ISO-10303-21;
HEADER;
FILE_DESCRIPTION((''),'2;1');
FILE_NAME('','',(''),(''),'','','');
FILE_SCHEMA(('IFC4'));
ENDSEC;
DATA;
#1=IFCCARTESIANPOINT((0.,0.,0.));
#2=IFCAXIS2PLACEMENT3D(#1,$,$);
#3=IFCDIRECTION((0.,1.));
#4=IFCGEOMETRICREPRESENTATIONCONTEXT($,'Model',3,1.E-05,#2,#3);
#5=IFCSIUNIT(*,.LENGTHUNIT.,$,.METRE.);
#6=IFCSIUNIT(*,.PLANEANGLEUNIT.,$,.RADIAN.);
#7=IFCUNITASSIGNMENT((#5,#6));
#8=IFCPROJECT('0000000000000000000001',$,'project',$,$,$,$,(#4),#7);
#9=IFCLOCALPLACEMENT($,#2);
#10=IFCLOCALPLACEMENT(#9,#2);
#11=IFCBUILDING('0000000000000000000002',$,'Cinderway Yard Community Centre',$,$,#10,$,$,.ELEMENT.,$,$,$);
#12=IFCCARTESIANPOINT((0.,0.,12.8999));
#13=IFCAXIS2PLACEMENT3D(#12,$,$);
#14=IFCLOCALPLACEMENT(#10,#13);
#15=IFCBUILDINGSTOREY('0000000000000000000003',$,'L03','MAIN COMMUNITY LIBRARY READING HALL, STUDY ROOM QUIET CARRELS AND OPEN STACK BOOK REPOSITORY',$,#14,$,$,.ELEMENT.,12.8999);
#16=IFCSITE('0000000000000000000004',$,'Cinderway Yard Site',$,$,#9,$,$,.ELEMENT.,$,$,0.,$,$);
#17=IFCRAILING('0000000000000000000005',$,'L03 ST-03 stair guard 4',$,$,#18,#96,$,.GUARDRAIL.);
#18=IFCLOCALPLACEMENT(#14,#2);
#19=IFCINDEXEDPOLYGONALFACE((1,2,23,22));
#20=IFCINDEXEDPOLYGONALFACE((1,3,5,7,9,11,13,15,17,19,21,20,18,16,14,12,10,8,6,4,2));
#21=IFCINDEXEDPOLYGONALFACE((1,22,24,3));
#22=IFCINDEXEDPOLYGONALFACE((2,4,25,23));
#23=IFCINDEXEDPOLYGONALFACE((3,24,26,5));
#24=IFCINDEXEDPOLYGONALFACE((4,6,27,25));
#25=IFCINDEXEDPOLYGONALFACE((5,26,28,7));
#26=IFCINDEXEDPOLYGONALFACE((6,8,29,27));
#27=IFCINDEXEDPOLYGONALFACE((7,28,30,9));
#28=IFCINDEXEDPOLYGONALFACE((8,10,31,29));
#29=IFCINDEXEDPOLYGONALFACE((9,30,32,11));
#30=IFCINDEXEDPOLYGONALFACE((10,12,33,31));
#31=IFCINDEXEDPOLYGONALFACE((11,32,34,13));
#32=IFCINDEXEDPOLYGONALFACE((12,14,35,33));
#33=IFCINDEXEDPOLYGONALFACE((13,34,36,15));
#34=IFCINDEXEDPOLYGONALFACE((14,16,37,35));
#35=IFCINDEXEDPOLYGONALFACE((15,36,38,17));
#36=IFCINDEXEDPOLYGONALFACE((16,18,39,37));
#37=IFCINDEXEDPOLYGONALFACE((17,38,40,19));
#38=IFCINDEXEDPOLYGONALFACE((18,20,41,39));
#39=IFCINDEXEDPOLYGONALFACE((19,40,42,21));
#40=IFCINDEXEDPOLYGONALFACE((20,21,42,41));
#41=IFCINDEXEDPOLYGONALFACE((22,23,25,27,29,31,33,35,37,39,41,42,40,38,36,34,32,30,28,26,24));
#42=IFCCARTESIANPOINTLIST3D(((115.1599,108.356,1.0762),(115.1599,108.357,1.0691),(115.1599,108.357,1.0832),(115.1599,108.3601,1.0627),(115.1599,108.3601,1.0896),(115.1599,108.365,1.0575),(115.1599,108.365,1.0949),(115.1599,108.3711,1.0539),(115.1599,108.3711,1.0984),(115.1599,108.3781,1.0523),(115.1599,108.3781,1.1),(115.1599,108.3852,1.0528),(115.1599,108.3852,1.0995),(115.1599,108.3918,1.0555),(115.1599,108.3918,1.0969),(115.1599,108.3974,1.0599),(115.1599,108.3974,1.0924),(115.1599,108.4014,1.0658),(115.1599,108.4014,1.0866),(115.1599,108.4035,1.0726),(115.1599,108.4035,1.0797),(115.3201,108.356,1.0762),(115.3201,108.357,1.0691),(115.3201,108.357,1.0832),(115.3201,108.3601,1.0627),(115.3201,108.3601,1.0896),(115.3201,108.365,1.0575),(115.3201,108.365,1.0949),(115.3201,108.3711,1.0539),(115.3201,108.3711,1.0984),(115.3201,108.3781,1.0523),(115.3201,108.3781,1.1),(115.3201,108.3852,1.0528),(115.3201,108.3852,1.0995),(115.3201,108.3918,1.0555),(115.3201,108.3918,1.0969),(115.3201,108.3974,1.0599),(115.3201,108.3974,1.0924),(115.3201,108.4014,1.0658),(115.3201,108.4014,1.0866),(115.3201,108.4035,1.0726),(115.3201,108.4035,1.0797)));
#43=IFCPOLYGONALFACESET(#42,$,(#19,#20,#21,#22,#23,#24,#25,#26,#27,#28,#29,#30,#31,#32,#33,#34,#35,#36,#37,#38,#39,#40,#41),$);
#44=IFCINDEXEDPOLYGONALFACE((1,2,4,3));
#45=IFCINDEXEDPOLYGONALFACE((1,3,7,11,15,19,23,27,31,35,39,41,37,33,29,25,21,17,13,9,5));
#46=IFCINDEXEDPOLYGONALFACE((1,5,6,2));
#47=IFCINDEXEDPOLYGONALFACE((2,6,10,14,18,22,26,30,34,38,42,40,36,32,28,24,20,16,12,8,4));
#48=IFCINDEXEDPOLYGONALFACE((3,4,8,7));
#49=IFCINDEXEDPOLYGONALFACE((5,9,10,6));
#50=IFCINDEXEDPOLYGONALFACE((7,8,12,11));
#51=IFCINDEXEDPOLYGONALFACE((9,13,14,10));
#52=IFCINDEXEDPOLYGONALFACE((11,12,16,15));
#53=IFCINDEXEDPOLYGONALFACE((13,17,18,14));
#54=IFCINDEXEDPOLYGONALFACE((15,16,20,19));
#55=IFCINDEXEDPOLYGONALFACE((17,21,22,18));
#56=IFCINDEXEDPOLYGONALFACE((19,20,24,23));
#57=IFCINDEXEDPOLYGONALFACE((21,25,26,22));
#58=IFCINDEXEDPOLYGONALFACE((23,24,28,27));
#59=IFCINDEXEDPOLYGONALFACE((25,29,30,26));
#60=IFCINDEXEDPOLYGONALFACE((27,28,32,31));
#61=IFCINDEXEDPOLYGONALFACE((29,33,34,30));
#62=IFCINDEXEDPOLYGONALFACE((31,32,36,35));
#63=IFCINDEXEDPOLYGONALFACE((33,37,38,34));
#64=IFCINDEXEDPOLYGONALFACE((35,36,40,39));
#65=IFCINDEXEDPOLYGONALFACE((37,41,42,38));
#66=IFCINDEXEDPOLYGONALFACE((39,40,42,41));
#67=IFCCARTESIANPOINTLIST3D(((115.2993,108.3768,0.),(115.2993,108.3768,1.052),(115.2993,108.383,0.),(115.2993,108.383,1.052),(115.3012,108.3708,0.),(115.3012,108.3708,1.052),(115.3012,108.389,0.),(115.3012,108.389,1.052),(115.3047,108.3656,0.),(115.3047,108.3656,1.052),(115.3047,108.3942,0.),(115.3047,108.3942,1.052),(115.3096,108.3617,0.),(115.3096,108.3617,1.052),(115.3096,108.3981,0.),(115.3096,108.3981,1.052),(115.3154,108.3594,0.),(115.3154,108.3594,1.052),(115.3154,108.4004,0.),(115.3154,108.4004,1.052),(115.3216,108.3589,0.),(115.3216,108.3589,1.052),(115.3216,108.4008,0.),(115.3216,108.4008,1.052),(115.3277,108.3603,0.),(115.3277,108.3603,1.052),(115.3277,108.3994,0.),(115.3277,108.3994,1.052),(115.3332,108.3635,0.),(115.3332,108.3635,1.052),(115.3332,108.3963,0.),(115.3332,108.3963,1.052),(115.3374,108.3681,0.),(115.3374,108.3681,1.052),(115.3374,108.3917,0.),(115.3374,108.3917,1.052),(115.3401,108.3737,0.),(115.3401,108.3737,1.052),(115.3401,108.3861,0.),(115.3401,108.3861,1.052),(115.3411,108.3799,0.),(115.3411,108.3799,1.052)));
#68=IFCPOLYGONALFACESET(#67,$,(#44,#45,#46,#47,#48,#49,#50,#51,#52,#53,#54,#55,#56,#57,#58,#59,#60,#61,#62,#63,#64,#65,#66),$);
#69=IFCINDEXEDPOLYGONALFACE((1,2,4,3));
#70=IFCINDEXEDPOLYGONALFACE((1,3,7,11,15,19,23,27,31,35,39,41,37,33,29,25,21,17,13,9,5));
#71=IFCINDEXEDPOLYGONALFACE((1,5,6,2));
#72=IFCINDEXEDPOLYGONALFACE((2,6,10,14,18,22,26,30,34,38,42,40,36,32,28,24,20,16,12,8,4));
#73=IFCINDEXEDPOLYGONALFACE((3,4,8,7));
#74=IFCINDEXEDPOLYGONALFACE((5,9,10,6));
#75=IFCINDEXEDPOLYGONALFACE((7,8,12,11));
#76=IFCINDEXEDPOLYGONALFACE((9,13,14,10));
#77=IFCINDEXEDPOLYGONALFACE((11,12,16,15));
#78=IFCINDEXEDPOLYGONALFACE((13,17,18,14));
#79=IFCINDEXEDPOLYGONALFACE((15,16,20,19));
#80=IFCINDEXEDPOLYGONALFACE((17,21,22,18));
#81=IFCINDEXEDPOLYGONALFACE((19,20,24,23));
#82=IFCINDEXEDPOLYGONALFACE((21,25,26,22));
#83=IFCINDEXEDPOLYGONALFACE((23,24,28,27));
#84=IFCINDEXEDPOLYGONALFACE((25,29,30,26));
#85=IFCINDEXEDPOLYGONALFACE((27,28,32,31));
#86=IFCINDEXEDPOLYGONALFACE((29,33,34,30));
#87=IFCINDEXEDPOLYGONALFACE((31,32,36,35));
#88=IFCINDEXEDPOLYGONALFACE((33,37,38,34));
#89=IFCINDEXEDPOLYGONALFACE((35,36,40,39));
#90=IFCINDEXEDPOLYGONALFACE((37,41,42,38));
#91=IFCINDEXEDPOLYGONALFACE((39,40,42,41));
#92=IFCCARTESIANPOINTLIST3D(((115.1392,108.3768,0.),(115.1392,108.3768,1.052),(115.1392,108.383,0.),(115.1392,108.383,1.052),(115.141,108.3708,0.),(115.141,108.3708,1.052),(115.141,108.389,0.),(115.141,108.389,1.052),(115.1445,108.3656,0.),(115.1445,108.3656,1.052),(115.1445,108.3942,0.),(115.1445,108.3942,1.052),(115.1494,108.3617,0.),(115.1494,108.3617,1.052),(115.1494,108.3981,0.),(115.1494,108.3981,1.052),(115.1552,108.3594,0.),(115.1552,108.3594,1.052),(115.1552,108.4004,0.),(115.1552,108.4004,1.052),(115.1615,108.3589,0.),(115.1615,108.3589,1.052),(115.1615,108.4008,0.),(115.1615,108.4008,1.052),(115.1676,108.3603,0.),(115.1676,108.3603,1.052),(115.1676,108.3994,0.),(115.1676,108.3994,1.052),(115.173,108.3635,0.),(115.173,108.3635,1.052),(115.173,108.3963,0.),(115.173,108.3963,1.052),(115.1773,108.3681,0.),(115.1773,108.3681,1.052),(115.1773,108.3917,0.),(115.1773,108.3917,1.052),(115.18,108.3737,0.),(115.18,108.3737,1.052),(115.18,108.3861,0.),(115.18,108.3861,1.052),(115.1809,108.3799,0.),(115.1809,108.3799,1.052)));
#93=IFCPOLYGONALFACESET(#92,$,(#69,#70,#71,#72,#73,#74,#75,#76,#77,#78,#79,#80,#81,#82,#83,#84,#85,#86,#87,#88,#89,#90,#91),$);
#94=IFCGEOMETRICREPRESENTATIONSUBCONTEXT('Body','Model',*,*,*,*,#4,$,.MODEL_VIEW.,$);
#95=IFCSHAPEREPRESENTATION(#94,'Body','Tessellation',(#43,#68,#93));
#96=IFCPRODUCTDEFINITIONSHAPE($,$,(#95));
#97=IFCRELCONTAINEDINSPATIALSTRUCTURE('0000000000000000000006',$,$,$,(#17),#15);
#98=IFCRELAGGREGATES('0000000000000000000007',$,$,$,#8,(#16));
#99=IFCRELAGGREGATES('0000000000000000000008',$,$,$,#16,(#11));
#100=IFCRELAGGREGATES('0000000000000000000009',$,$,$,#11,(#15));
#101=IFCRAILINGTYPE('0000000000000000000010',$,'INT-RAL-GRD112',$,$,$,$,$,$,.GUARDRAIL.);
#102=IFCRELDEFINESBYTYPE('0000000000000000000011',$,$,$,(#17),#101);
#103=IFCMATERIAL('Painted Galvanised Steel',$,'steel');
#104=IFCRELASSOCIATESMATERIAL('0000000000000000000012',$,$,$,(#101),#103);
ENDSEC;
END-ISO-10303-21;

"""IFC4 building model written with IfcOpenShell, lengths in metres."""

from ifc_helpers import new_model, si_unit, direction, frame, origin, origin_2d, place, context, subcontext, project, spatial, circle, extrude, material, type_object, element, save


model = new_model("IFC4")

# Units and contexts
model_context = context("Model", 3, precision=1e-05, world=origin(), true_north=direction((0.0, 1.0)))
body_context = subcontext(model_context, "Body", "Model", "MODEL_VIEW")
ifc_project = project(units=[si_unit("LENGTHUNIT", "METRE"), si_unit("PLANEANGLEUNIT", "RADIAN")], contexts=[model_context])

# Site, building, storey
site_placement = place(None, origin())
site = spatial("IfcSite", under=ifc_project, at=site_placement, Name="Cinderway Yard Site", CompositionType="ELEMENT", RefElevation=0.0)
building_placement = place(site_placement, origin())
building = spatial("IfcBuilding", under=site, at=building_placement, Name="Cinderway Yard Community Centre", CompositionType="ELEMENT")
storey_placement = place(building_placement, frame((0.0, 0.0, 12.8999)))
storey = spatial("IfcBuildingStorey", under=building, at=storey_placement, Name="L03", Description="MAIN COMMUNITY LIBRARY READING HALL, STUDY ROOM QUIET CARRELS AND OPEN STACK BOOK REPOSITORY", CompositionType="ELEMENT", Elevation=12.8999)

# Shared definitions
ifc_material_1 = material(Name="Painted Galvanised Steel", Category="steel")

# Railing
railing_type_1 = type_object("IfcRailingType", Name="INT-RAL-GRD112", PredefinedType="GUARDRAIL", material=ifc_material_1)
railing_1_placement = place(storey_placement, frame((115.3201, 108.3799, 0.0)))
element("IfcRailing", 1, at=railing_1_placement, inside=storey, type_object=railing_type_1, Name="L03 ST-03 stair guard 4", PredefinedType="GUARDRAIL", context=body_context, shape_type="SweptSolid", body=[
    extrude(circle(Radius=0.0239, at=origin_2d()), frame((0.0, 0.0, 1.0762), z_axis=(-1.0, 0.0, 0.0), x_axis=(0.0, -1.0, 0.0)), (0.0, 0.0, 1.0), 0.1602),
    extrude(circle(Radius=0.021, at=origin_2d()), origin(), (0.0, 0.0, 1.0), 1.052),
    extrude(circle(Radius=0.021, at=origin_2d()), frame((-0.1602, 0.0, 0.0)), (0.0, 0.0, 1.0), 1.052),
])

save(model, "model.ifc")
